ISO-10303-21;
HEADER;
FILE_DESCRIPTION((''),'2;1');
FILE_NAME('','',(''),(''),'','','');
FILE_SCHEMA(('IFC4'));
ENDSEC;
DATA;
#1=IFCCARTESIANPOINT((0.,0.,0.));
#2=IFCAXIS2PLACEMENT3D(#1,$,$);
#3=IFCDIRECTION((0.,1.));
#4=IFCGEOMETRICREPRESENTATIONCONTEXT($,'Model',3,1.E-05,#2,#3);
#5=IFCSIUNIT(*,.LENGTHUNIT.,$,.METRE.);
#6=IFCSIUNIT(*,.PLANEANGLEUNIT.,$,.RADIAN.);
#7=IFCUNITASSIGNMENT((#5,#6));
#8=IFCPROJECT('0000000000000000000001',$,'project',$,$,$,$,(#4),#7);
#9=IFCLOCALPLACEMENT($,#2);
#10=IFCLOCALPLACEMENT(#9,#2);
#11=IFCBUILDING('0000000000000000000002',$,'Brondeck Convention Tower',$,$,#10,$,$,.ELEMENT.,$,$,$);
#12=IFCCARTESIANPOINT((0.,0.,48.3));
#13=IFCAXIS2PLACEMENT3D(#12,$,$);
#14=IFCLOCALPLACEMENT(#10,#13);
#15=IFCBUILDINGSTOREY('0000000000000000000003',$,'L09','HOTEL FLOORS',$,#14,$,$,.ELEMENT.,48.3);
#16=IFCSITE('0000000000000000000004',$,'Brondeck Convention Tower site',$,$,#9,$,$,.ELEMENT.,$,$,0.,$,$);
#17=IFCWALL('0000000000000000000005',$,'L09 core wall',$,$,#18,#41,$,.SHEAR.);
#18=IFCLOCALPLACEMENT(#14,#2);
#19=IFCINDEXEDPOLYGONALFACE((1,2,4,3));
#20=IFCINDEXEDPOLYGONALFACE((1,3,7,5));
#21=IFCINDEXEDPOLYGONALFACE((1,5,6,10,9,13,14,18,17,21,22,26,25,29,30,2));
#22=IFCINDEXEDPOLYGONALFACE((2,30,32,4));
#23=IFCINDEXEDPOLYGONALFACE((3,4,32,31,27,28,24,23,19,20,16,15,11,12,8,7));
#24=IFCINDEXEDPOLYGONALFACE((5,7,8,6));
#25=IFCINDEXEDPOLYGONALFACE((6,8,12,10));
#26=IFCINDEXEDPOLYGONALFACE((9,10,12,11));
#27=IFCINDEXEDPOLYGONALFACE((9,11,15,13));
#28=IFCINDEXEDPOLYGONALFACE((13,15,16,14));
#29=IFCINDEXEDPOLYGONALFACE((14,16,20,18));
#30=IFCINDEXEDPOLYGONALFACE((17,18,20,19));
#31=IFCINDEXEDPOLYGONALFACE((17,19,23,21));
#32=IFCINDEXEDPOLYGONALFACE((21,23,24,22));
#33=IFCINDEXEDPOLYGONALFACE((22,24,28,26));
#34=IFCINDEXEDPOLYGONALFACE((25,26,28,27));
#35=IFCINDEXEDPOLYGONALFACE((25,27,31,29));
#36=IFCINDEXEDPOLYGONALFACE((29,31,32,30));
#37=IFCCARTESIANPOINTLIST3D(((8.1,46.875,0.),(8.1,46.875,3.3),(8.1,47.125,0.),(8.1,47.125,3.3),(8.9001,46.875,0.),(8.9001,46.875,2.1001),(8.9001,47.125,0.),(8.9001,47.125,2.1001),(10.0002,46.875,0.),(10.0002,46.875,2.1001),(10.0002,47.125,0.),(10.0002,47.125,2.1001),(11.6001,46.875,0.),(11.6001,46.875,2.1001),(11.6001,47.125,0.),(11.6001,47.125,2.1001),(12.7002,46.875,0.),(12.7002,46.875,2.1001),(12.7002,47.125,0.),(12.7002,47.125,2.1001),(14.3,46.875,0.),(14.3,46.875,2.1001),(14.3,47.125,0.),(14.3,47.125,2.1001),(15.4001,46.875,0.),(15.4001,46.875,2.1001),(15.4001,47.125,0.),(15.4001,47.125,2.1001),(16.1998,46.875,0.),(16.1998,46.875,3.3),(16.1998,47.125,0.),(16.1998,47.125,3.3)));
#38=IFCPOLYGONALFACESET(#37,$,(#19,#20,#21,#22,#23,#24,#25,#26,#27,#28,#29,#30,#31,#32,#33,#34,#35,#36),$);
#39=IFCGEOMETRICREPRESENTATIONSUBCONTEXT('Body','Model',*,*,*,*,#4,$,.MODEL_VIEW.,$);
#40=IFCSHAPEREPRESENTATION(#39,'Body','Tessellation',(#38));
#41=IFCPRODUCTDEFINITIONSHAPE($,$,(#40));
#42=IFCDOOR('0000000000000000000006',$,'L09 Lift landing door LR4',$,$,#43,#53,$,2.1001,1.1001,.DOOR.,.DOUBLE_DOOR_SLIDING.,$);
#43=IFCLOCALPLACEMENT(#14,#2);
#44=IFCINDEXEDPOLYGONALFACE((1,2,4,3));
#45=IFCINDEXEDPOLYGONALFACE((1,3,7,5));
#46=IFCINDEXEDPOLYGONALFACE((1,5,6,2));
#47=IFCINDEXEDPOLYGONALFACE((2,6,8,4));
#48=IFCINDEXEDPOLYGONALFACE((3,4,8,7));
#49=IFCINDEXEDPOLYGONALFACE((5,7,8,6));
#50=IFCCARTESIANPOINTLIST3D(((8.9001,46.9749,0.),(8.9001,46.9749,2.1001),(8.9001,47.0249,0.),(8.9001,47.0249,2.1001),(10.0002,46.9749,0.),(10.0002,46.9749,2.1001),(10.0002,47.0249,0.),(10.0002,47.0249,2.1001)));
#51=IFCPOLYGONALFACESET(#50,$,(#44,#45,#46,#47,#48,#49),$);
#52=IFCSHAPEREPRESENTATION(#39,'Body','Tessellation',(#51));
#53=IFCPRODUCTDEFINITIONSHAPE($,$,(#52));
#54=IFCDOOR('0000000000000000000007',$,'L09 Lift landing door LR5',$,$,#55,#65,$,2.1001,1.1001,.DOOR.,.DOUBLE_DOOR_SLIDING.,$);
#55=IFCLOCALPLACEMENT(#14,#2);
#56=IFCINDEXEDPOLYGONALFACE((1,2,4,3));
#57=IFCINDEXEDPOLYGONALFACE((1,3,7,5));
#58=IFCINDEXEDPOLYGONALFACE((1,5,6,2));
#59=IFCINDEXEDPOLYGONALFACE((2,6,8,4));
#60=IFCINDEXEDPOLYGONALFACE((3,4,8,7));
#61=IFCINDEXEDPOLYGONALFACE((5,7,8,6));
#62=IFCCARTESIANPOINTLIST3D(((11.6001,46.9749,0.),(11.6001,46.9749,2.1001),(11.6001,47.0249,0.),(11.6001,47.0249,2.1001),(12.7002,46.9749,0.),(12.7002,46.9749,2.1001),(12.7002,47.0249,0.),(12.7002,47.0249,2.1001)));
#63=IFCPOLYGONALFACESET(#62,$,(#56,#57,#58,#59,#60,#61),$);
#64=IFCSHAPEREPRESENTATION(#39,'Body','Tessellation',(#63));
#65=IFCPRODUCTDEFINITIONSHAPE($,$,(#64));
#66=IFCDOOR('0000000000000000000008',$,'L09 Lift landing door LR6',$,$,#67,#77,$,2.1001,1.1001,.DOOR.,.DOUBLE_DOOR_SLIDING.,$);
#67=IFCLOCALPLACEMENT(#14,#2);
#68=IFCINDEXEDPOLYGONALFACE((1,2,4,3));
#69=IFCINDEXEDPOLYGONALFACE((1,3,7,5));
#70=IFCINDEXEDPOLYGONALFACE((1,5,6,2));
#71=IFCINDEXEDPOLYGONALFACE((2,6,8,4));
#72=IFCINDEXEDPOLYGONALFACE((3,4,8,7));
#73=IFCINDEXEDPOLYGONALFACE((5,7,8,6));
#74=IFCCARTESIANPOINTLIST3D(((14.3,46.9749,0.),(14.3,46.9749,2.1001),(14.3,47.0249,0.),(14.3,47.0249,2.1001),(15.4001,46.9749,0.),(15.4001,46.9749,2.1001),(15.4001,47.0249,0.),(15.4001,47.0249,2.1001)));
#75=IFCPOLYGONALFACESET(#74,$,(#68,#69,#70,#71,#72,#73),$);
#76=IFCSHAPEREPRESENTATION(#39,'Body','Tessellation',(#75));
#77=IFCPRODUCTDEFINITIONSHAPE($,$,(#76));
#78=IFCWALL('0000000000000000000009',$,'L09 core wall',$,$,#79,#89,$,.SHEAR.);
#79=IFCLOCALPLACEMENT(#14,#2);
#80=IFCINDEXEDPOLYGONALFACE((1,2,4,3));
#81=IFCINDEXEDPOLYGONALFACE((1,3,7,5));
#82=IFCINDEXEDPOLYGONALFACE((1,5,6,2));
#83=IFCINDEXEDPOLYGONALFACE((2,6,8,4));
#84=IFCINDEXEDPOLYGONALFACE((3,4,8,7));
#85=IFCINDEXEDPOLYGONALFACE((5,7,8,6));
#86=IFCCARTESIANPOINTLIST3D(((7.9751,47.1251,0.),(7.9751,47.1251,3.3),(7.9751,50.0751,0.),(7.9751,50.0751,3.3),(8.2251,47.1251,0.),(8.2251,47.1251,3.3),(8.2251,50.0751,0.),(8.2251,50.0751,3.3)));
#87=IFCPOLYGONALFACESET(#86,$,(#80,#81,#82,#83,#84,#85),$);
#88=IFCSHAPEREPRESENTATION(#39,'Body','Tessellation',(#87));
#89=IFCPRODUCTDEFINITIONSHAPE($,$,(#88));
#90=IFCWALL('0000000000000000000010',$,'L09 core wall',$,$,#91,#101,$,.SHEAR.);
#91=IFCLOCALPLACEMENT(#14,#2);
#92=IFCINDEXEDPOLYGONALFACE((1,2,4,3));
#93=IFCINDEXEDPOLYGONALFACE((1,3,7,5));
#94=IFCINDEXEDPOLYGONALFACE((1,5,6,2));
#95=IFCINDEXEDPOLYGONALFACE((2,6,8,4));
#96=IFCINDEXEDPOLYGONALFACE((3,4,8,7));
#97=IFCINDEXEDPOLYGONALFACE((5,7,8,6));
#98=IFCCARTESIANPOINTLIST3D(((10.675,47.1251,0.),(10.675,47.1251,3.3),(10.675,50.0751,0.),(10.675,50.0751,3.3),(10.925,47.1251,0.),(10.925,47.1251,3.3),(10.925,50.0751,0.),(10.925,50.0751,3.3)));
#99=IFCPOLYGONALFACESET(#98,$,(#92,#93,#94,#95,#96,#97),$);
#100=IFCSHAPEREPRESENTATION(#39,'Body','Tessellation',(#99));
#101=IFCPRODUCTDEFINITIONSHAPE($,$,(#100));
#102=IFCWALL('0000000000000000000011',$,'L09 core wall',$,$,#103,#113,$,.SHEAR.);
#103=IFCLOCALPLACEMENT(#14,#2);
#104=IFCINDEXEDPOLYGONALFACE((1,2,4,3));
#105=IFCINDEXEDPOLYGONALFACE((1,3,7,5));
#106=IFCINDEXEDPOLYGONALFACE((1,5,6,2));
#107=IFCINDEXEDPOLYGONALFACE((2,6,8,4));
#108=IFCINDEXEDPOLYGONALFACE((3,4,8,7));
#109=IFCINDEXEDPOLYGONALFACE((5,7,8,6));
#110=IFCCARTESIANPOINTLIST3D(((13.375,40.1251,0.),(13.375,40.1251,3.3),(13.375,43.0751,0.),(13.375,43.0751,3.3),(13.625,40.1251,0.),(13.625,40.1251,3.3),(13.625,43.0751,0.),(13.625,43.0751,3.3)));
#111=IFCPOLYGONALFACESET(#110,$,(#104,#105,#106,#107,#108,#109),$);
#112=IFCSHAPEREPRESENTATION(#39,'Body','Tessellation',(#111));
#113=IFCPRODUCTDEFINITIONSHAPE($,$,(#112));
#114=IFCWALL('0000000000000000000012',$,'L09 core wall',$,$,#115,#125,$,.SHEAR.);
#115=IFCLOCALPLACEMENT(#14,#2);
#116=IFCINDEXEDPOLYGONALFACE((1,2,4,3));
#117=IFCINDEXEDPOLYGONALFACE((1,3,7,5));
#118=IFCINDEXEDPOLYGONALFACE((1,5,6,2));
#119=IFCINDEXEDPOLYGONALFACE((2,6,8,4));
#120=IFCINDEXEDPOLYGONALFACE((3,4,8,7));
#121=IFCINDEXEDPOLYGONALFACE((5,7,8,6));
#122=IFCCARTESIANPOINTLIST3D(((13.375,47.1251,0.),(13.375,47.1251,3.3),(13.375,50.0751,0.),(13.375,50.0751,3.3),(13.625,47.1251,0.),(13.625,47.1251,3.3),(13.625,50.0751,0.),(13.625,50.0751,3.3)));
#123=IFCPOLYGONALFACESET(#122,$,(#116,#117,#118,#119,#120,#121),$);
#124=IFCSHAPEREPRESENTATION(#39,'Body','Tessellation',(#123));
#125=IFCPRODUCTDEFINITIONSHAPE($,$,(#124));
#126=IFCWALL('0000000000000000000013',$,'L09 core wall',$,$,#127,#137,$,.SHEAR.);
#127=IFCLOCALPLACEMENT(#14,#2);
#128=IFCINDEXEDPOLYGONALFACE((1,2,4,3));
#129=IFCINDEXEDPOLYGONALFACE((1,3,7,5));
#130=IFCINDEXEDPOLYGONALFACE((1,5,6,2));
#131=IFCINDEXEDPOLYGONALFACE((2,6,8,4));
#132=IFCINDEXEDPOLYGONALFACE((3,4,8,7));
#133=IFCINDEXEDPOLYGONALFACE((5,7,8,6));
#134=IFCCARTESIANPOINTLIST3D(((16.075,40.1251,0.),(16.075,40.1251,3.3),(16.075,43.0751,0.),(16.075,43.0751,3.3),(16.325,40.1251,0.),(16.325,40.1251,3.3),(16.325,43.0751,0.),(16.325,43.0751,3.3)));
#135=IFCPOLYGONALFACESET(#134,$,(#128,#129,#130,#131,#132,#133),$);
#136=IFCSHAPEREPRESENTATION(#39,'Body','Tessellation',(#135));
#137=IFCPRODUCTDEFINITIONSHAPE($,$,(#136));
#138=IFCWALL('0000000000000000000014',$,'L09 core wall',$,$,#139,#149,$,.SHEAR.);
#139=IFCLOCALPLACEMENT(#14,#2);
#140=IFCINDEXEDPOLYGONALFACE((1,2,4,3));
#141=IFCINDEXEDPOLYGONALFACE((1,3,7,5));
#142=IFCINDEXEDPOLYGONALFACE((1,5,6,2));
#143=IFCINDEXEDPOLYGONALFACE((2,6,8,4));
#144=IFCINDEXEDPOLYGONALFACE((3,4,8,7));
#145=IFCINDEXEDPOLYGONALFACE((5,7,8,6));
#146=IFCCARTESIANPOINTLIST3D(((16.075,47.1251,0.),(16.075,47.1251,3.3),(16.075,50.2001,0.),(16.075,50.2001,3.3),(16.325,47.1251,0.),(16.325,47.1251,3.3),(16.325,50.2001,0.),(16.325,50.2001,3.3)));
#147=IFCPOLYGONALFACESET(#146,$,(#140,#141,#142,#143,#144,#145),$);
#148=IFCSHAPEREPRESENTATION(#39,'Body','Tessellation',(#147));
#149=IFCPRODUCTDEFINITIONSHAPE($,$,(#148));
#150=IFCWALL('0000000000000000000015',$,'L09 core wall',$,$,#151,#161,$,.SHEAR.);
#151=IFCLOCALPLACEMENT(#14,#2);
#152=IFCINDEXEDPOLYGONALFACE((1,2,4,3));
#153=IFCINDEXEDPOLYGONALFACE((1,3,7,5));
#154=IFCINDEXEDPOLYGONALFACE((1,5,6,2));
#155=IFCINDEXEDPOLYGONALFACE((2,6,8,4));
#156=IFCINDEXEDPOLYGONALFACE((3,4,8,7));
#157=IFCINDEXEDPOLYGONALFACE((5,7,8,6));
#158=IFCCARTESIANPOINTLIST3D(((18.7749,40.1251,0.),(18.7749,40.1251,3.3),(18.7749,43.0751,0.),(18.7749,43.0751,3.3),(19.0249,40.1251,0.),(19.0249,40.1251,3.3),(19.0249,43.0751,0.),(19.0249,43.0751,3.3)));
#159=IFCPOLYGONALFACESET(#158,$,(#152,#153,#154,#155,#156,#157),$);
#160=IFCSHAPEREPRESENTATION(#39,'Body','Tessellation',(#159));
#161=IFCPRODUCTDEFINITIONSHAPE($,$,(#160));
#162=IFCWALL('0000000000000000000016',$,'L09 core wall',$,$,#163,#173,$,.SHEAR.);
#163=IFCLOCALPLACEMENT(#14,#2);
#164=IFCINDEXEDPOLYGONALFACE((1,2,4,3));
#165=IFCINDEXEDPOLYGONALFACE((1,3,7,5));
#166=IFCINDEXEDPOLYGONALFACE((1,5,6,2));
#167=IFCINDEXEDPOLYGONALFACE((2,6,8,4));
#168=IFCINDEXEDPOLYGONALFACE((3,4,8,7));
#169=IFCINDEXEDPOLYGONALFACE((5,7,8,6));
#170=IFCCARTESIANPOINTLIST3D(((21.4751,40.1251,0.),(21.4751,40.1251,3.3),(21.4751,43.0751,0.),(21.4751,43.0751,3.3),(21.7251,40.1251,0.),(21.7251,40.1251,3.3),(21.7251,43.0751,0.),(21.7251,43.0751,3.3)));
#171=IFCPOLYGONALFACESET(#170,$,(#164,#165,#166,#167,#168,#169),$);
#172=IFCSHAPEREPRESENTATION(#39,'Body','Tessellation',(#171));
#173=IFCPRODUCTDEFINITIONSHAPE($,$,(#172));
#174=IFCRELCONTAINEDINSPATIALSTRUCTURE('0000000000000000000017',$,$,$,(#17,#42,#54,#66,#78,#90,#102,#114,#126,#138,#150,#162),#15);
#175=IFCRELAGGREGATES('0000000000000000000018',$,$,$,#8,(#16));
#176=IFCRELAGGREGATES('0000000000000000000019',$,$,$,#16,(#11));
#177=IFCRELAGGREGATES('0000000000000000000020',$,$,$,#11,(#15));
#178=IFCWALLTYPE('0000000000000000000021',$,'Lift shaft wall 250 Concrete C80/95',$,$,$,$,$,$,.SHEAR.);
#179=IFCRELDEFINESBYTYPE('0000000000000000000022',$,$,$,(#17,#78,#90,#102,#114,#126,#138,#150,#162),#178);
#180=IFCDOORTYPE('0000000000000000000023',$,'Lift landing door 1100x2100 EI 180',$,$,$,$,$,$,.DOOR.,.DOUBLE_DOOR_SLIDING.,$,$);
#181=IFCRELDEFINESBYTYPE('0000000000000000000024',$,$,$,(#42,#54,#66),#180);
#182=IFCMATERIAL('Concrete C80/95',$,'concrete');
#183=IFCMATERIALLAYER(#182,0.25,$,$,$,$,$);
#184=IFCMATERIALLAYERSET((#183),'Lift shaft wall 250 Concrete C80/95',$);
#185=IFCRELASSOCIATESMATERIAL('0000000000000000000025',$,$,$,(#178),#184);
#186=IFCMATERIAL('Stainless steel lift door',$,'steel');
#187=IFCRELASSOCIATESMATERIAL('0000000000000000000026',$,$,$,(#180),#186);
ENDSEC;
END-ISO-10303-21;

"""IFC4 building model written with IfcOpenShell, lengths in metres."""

from ifc_helpers import new_model, si_unit, direction, frame, frame_2d, origin, place, context, subcontext, project, spatial, rectangle, extrude, material, layer, layer_set, type_object, element, fill, save


model = new_model("IFC4")

# Units and contexts
model_context = context("Model", 3, precision=1e-05, world=origin(), true_north=direction((0.0, 1.0)))
body_context = subcontext(model_context, "Body", "Model", "MODEL_VIEW")
ifc_project = project(units=[si_unit("LENGTHUNIT", "METRE"), si_unit("PLANEANGLEUNIT", "RADIAN")], contexts=[model_context])

# Site, building, storey
site_placement = place(None, origin())
site = spatial("IfcSite", under=ifc_project, at=site_placement, Name="Brondeck Convention Tower site", CompositionType="ELEMENT", RefElevation=0.0)
building_placement = place(site_placement, origin())
building = spatial("IfcBuilding", under=site, at=building_placement, Name="Brondeck Convention Tower", CompositionType="ELEMENT")
storey_placement = place(building_placement, frame((0.0, 0.0, 48.3)))
storey = spatial("IfcBuildingStorey", under=building, at=storey_placement, Name="L09", Description="HOTEL FLOORS", CompositionType="ELEMENT", Elevation=48.3)

# Shared definitions
ifc_material_1 = material(Name="Concrete C80/95", Category="concrete")

# Wall, openings, doors
ifc_layer_1 = layer(ifc_material_1, 0.25)
ifc_layer_set_1 = layer_set([ifc_layer_1], Name="Lift shaft wall 250 Concrete C80/95")
wall_type_1 = type_object("IfcWallType", Name="Lift shaft wall 250 Concrete C80/95", PredefinedType="SHEAR", material=ifc_layer_set_1)
ifc_material_2 = material(Name="Stainless steel lift door", Category="steel")
door_type_1 = type_object("IfcDoorType", Name="Lift landing door 1100x2100 EI 180", OperationType="DOUBLE_DOOR_SLIDING", PredefinedType="DOOR", material=ifc_material_2)
wall_1_placement = place(storey_placement, frame((8.1001, 47.0, 0.0), z_axis=(0.0, 0.0, 1.0), x_axis=(1.0, 0.0, 0.0)))
wall_1 = element("IfcWall", 1, at=wall_1_placement, inside=storey, type_object=wall_type_1, Name="L09 core wall", PredefinedType="SHEAR", context=body_context, shape_type="SweptSolid", body=[
    extrude(rectangle(XDim=8.0999, YDim=0.25, at=frame_2d((4.0498, 0.0))), origin(), (0.0, 0.0, 1.0), 3.3),
])
opening_1_placement = place(wall_1_placement, frame((0.8, 0.0, 0.0)))
opening_1 = element("IfcOpeningElement", 2, at=opening_1_placement, cuts=wall_1, PredefinedType="OPENING", context=body_context, shape_type="SweptSolid", body=[
    extrude(rectangle(XDim=1.1001, YDim=2.1001, at=frame_2d((0.55, 1.05))), frame((0.0, 0.135, 0.0), z_axis=(0.0, -1.0, 0.0), x_axis=(1.0, 0.0, 0.0)), (0.0, 0.0, 1.0), 0.27),
])
opening_2_placement = place(wall_1_placement, frame((3.5, 0.0, 0.0)))
opening_2 = element("IfcOpeningElement", 3, at=opening_2_placement, cuts=wall_1, PredefinedType="OPENING", context=body_context, shape_type="SweptSolid", body=[
    extrude(rectangle(XDim=1.1001, YDim=2.1001, at=frame_2d((0.55, 1.05))), frame((0.0, 0.135, 0.0), z_axis=(0.0, -1.0, 0.0), x_axis=(1.0, 0.0, 0.0)), (0.0, 0.0, 1.0), 0.27),
])
opening_3_placement = place(wall_1_placement, frame((6.2, 0.0, 0.0)))
opening_3 = element("IfcOpeningElement", 4, at=opening_3_placement, cuts=wall_1, PredefinedType="OPENING", context=body_context, shape_type="SweptSolid", body=[
    extrude(rectangle(XDim=1.1001, YDim=2.1001, at=frame_2d((0.55, 1.05))), frame((0.0, 0.135, 0.0), z_axis=(0.0, -1.0, 0.0), x_axis=(1.0, 0.0, 0.0)), (0.0, 0.0, 1.0), 0.27),
])
door_1_placement = place(opening_1_placement, origin())
door_1 = element("IfcDoor", 5, at=door_1_placement, inside=storey, type_object=door_type_1, Name="L09 Lift landing door LR4", OperationType="DOUBLE_DOOR_SLIDING", OverallHeight=2.1001, OverallWidth=1.1001, PredefinedType="DOOR", context=body_context, shape_type="SweptSolid", body=[
    extrude(rectangle(XDim=1.1001, YDim=2.1001, at=frame_2d((0.55, 1.05))), frame((0.0, 0.0249, 0.0), z_axis=(0.0, -1.0, 0.0), x_axis=(1.0, 0.0, 0.0)), (0.0, 0.0, 1.0), 0.05),
])
fill(opening_1, door_1)
door_2_placement = place(opening_2_placement, origin())
door_2 = element("IfcDoor", 6, at=door_2_placement, inside=storey, type_object=door_type_1, Name="L09 Lift landing door LR5", OperationType="DOUBLE_DOOR_SLIDING", OverallHeight=2.1001, OverallWidth=1.1001, PredefinedType="DOOR", context=body_context, shape_type="SweptSolid", body=[
    extrude(rectangle(XDim=1.1001, YDim=2.1001, at=frame_2d((0.55, 1.05))), frame((0.0, 0.0249, 0.0), z_axis=(0.0, -1.0, 0.0), x_axis=(1.0, 0.0, 0.0)), (0.0, 0.0, 1.0), 0.05),
])
fill(opening_2, door_2)
door_3_placement = place(opening_3_placement, origin())
door_3 = element("IfcDoor", 7, at=door_3_placement, inside=storey, type_object=door_type_1, Name="L09 Lift landing door LR6", OperationType="DOUBLE_DOOR_SLIDING", OverallHeight=2.1001, OverallWidth=1.1001, PredefinedType="DOOR", context=body_context, shape_type="SweptSolid", body=[
    extrude(rectangle(XDim=1.1001, YDim=2.1001, at=frame_2d((0.55, 1.05))), frame((0.0, 0.0249, 0.0), z_axis=(0.0, -1.0, 0.0), x_axis=(1.0, 0.0, 0.0)), (0.0, 0.0, 1.0), 0.05),
])
fill(opening_3, door_3)

# Walls
for number, where, z_axis, x_axis, name in (
    (8, (8.1001, 47.125, 0.0), (0.0, 0.0, 1.0), (0.0, 1.0, 0.0), "L09 core wall"),
    (9, (10.8, 47.125, 0.0), (0.0, 0.0, 1.0), (0.0, 1.0, 0.0), "L09 core wall"),
    (10, (13.5, 40.125, 0.0), (0.0, 0.0, 1.0), (0.0, 1.0, 0.0), "L09 core wall"),
    (11, (13.5, 47.125, 0.0), (0.0, 0.0, 1.0), (0.0, 1.0, 0.0), "L09 core wall"),
    (12, (16.2, 40.125, 0.0), (0.0, 0.0, 1.0), (0.0, 1.0, 0.0), "L09 core wall"),
):
    element("IfcWall", number, at=place(storey_placement, frame(where, z_axis=z_axis, x_axis=x_axis)), inside=storey, type_object=wall_type_1, Name=name, PredefinedType="SHEAR", context=body_context, shape_type="SweptSolid", body=[
        extrude(rectangle(XDim=2.95, YDim=0.25, at=frame_2d((1.4751, 0.0))), origin(), (0.0, 0.0, 1.0), 3.3),
    ])
wall_2_placement = place(storey_placement, frame((16.2, 47.125, 0.0), z_axis=(0.0, 0.0, 1.0), x_axis=(0.0, 1.0, 0.0)))
element("IfcWall", 13, at=wall_2_placement, inside=storey, type_object=wall_type_1, Name="L09 core wall", PredefinedType="SHEAR", context=body_context, shape_type="SweptSolid", body=[
    extrude(rectangle(XDim=3.075, YDim=0.25, at=frame_2d((1.5376, 0.0))), origin(), (0.0, 0.0, 1.0), 3.3),
])
for number, where, z_axis, x_axis, name in (
    (14, (18.8999, 40.125, 0.0), (0.0, 0.0, 1.0), (0.0, 1.0, 0.0), "L09 core wall"),
    (15, (21.6001, 40.125, 0.0), (0.0, 0.0, 1.0), (0.0, 1.0, 0.0), "L09 core wall"),
):
    element("IfcWall", number, at=place(storey_placement, frame(where, z_axis=z_axis, x_axis=x_axis)), inside=storey, type_object=wall_type_1, Name=name, PredefinedType="SHEAR", context=body_context, shape_type="SweptSolid", body=[
        extrude(rectangle(XDim=2.95, YDim=0.25, at=frame_2d((1.4751, 0.0))), origin(), (0.0, 0.0, 1.0), 3.3),
    ])

save(model, "model.ifc")
